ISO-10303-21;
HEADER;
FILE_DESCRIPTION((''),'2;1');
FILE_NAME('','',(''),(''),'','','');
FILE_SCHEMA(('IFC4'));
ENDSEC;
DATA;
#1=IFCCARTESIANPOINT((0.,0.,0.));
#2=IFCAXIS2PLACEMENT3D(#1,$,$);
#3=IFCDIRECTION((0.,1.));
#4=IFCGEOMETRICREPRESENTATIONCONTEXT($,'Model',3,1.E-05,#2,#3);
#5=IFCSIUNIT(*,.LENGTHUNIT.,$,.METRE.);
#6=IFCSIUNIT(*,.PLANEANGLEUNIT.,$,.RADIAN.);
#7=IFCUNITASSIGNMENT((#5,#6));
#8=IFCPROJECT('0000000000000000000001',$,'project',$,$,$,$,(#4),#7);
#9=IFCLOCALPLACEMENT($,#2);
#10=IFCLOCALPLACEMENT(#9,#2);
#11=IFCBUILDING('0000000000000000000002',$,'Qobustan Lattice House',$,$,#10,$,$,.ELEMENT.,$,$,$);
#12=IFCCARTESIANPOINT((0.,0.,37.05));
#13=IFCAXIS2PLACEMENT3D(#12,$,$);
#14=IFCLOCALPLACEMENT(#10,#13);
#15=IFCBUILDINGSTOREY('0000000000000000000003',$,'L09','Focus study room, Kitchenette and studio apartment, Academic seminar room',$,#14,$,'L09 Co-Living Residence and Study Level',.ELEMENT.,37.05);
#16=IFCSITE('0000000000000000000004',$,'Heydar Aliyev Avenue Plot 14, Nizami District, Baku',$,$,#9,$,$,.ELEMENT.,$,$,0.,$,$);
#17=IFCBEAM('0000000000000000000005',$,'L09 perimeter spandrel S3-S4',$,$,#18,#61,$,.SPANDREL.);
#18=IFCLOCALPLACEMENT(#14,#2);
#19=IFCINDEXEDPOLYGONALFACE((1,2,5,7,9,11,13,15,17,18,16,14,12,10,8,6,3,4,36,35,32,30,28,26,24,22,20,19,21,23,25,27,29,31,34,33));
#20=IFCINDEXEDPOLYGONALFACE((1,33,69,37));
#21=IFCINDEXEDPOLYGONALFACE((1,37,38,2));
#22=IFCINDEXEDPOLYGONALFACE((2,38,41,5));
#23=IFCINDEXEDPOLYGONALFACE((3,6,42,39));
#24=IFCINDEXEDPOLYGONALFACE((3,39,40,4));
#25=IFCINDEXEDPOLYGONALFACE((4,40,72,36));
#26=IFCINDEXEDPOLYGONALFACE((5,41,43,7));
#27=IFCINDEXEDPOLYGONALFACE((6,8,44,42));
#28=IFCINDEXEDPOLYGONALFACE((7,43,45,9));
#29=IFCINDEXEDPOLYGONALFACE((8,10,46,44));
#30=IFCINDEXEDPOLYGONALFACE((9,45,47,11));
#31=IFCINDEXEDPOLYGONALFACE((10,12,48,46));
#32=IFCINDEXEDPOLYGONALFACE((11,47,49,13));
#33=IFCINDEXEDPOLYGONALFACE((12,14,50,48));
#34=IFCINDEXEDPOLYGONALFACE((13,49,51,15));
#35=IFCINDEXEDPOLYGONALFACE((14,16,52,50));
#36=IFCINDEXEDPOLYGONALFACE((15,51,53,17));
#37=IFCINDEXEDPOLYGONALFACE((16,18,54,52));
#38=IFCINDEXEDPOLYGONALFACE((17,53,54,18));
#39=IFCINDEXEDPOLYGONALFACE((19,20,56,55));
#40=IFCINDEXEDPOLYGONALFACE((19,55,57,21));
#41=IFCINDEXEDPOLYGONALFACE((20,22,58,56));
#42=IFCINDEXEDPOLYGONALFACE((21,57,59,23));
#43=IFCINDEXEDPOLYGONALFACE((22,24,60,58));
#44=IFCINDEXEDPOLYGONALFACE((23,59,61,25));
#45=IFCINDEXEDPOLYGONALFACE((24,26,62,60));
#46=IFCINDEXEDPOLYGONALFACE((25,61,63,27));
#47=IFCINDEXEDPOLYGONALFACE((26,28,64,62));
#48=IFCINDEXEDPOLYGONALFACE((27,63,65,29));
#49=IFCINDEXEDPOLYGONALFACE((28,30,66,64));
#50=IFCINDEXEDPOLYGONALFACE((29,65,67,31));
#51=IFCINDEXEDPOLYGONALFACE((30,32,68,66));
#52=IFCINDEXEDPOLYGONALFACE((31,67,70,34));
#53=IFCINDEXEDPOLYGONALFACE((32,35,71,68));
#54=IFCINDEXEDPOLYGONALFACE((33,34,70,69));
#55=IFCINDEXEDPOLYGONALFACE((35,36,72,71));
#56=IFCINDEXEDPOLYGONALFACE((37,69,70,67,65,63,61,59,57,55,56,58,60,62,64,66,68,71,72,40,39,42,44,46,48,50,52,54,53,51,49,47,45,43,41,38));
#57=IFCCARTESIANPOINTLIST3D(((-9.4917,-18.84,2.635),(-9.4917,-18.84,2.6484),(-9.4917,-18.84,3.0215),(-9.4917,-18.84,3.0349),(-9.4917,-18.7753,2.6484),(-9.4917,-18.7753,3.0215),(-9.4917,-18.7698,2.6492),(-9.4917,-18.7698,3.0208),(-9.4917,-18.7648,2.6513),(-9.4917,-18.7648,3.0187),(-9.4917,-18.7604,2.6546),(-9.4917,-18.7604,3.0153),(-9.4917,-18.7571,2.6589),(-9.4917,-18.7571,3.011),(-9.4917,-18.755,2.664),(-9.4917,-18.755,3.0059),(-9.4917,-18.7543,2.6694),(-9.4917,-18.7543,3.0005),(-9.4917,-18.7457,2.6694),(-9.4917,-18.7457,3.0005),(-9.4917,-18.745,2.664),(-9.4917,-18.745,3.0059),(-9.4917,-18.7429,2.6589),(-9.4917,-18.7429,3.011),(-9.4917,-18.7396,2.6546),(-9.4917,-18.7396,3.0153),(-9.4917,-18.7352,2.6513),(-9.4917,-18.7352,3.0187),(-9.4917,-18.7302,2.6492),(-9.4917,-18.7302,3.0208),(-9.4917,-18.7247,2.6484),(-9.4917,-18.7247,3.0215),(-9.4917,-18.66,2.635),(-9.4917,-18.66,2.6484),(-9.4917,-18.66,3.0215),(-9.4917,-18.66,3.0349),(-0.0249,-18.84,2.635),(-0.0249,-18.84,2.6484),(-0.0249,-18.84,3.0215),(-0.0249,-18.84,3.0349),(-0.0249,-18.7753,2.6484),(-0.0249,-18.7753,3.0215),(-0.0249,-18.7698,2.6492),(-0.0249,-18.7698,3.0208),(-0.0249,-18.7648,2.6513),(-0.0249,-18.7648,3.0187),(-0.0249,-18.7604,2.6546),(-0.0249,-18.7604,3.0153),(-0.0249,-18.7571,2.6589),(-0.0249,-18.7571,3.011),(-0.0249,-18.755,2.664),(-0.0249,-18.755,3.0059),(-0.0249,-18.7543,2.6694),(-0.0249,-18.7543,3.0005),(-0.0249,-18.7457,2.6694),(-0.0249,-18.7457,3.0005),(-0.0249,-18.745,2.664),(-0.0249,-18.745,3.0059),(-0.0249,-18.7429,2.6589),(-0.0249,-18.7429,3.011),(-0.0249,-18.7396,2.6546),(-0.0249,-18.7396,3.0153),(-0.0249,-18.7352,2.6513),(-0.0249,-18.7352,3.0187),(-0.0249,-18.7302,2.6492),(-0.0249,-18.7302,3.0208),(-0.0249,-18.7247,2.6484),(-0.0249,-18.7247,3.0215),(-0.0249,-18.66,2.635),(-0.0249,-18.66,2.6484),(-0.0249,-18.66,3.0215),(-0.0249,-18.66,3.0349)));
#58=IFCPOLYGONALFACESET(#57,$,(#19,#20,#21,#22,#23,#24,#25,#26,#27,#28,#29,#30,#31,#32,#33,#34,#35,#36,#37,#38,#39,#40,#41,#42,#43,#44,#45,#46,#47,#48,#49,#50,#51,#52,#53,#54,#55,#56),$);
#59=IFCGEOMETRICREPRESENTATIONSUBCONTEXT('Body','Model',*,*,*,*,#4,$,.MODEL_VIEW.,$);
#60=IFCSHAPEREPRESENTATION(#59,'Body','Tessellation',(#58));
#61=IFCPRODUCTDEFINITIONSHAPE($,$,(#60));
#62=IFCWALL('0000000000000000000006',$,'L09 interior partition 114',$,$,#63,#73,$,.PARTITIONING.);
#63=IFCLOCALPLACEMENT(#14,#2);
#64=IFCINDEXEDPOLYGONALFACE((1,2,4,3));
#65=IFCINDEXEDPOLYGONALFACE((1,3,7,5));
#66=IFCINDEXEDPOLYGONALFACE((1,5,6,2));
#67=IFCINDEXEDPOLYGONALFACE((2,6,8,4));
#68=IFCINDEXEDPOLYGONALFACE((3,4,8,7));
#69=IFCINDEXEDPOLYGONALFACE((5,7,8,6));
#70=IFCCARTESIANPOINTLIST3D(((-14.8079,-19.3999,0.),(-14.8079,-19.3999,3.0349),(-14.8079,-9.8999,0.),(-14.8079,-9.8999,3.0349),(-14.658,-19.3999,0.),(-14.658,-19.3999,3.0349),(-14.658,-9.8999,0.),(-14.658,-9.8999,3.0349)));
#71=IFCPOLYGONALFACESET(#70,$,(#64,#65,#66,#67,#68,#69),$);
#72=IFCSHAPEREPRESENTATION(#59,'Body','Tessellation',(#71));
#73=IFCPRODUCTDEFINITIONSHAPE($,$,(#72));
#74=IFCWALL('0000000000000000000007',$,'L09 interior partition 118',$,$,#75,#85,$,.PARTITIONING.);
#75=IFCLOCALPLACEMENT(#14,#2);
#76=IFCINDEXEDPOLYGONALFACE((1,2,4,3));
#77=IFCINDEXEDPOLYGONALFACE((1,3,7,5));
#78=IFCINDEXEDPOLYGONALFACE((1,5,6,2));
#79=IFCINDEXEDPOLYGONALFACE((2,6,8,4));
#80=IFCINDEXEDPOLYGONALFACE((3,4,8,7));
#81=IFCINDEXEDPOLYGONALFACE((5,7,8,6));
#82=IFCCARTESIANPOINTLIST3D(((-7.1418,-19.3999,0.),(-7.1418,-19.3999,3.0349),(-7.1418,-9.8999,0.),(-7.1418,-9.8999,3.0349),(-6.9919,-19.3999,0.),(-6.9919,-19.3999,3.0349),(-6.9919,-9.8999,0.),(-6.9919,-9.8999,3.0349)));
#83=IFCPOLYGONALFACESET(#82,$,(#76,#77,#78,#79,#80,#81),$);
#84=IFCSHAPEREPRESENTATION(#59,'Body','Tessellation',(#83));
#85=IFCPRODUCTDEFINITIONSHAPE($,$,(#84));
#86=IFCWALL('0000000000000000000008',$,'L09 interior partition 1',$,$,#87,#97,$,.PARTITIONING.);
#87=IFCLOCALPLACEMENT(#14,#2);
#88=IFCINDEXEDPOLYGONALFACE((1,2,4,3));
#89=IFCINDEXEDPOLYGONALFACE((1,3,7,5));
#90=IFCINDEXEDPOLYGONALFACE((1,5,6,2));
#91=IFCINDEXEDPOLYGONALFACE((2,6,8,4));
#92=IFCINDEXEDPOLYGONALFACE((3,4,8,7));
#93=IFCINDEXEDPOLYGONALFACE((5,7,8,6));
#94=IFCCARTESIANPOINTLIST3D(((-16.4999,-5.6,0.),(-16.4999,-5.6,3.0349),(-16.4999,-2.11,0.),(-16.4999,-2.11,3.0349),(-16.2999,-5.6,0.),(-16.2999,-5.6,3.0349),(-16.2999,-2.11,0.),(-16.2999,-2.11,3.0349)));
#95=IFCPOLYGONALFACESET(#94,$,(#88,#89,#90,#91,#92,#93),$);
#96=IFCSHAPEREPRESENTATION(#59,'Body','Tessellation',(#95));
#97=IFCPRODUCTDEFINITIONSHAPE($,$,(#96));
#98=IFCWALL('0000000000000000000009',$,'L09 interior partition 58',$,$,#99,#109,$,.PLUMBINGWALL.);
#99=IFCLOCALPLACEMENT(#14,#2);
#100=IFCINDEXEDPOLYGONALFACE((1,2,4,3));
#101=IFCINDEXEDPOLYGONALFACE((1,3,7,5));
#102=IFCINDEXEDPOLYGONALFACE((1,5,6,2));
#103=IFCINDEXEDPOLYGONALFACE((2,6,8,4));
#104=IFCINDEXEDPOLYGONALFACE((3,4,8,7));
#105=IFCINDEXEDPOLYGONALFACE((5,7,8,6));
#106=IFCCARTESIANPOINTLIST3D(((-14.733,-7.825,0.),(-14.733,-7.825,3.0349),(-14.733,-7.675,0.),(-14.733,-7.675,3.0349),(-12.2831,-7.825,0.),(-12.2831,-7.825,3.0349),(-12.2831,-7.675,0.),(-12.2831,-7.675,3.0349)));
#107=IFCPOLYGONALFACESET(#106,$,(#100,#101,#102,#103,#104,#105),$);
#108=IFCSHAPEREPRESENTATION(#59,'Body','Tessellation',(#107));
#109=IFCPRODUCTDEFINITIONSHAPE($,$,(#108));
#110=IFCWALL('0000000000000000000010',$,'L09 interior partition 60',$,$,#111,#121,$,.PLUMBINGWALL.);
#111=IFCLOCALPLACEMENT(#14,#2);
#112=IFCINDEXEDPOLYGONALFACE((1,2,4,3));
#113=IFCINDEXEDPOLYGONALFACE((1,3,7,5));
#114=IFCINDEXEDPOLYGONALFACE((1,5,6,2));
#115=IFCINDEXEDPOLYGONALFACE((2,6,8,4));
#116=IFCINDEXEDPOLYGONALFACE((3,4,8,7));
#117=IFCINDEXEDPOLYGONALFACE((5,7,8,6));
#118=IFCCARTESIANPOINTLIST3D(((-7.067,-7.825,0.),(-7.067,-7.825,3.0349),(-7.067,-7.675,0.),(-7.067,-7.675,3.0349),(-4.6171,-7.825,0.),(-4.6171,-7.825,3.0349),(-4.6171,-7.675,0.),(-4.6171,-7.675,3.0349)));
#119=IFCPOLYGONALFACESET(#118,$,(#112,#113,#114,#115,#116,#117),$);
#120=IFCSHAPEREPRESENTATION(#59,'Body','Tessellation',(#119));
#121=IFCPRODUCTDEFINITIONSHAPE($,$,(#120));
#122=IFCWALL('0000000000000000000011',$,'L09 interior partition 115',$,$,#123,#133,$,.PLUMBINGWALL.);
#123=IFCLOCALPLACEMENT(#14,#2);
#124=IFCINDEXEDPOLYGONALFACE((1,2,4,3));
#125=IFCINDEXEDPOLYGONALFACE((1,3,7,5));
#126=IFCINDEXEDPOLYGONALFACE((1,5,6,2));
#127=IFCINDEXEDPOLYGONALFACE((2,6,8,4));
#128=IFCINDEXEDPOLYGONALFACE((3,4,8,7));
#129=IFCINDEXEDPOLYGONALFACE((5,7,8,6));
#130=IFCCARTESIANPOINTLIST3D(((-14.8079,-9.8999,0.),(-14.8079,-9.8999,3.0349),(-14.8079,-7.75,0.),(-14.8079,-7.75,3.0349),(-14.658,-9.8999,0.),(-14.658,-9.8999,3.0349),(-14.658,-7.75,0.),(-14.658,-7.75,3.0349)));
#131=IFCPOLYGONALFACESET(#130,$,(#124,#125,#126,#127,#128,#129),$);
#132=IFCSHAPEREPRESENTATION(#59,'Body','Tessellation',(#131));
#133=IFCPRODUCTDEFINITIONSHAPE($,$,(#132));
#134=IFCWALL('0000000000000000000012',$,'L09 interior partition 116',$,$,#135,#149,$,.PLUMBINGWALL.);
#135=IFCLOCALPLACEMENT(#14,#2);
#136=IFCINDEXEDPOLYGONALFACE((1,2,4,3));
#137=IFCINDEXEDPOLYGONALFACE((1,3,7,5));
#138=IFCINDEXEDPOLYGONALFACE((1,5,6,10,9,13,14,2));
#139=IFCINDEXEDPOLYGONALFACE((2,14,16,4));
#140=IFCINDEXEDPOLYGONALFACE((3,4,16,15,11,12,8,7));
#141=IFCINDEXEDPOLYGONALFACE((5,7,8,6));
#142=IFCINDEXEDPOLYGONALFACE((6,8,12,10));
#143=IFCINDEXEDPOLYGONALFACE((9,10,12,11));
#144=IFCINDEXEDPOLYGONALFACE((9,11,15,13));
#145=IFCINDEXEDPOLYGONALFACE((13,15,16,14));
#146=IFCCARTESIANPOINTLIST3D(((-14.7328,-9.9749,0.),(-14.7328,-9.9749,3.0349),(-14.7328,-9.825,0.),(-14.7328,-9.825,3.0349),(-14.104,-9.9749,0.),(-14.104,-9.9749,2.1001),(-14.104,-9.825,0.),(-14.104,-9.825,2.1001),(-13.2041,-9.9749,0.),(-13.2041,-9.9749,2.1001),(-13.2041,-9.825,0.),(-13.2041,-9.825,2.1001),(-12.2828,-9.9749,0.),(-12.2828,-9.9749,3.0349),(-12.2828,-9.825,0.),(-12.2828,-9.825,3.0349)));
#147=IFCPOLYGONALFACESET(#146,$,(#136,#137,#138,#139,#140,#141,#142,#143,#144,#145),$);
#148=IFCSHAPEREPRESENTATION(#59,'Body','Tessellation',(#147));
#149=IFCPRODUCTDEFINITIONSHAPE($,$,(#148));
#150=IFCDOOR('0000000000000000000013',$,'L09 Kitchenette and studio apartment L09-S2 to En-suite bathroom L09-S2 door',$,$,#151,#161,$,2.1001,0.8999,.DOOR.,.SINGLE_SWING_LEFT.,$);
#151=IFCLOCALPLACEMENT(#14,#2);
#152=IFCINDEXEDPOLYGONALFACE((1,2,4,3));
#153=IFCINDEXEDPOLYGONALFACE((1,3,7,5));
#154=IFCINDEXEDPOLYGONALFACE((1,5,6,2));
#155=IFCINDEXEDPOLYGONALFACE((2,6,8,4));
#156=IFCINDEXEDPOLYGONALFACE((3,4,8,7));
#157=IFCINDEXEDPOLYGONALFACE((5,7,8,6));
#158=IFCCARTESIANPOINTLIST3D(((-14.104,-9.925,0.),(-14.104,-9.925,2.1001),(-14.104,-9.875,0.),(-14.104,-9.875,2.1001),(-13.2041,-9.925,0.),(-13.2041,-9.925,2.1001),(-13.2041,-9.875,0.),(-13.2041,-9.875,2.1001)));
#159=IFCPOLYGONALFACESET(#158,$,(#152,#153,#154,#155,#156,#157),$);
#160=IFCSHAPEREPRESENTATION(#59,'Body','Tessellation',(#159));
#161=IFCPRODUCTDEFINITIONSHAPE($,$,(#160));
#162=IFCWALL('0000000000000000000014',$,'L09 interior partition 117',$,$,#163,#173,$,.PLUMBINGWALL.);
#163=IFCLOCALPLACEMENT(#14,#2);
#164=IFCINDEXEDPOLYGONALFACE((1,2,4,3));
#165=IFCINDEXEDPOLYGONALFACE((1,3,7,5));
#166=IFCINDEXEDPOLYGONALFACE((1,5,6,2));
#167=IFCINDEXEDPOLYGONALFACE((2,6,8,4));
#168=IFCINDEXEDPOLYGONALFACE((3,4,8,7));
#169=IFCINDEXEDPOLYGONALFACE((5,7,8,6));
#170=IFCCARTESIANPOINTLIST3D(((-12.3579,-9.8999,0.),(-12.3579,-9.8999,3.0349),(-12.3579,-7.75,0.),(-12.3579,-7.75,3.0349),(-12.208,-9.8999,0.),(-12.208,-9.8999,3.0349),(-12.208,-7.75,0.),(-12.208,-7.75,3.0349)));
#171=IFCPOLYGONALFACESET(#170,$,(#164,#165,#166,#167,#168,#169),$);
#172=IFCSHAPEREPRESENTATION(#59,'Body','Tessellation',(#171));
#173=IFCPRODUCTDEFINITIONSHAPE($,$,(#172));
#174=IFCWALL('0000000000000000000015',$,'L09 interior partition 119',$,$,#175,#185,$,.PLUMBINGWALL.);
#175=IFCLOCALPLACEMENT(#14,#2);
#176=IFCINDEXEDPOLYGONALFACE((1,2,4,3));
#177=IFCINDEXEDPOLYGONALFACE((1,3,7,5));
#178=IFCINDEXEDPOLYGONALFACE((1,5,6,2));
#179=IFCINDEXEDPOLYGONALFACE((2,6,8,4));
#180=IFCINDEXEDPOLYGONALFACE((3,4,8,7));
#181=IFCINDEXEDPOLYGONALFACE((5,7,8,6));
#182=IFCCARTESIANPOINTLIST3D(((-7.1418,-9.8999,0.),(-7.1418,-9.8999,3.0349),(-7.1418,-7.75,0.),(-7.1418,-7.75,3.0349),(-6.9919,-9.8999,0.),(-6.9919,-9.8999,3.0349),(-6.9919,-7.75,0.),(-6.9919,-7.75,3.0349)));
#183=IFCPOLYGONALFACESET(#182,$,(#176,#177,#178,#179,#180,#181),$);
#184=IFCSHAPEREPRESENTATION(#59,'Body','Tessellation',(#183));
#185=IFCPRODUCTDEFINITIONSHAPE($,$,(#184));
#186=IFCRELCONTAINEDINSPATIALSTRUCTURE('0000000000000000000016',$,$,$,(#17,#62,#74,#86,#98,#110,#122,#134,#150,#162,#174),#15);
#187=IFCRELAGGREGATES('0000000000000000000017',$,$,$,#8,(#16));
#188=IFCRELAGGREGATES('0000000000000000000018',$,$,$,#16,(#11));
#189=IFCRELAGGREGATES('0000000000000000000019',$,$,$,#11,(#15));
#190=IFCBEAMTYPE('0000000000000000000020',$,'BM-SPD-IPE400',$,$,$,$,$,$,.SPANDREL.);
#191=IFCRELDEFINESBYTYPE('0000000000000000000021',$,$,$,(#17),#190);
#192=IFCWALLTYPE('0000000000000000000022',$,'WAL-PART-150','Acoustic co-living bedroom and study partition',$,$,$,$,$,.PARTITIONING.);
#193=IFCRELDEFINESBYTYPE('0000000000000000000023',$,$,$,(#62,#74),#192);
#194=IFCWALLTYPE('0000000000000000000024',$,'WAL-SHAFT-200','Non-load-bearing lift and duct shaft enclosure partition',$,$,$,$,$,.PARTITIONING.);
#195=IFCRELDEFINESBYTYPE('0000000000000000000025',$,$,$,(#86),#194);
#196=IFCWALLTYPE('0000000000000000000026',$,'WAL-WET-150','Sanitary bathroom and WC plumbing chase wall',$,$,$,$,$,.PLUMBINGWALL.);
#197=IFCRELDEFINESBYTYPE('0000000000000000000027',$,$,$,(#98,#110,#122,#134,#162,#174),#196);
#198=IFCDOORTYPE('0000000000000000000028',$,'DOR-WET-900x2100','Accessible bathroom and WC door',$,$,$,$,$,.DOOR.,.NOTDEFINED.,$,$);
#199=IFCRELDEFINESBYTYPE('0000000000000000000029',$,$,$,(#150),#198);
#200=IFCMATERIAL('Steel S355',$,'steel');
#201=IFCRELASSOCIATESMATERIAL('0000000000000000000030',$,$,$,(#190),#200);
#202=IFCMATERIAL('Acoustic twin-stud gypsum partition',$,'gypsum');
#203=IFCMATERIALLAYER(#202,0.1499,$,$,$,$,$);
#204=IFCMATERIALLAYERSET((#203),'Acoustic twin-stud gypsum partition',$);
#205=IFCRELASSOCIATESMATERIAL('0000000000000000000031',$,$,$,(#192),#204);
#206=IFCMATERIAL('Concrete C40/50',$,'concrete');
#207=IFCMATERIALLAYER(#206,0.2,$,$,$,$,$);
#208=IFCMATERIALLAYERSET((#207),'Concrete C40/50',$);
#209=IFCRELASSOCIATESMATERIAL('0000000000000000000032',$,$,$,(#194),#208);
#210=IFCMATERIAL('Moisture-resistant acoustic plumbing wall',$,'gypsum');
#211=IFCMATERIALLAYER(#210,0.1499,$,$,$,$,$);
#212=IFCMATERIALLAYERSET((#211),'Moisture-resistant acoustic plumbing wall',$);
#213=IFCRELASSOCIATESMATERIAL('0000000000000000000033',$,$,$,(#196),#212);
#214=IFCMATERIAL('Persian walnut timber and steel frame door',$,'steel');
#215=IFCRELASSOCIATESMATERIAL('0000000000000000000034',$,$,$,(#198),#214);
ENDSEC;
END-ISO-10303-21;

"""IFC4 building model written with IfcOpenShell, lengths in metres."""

from ifc_helpers import new_model, si_unit, direction, frame, frame_2d, origin, origin_2d, place, context, subcontext, project, spatial, rectangle, i_section, extrude, material, layer, layer_set, material_profile, profile_set, type_object, element, fill, save


model = new_model("IFC4")

# Units and contexts
model_context = context("Model", 3, precision=1e-05, world=origin(), true_north=direction((0.0, 1.0)))
body_context = subcontext(model_context, "Body", "Model", "MODEL_VIEW")
ifc_project = project(units=[si_unit("LENGTHUNIT", "METRE"), si_unit("PLANEANGLEUNIT", "RADIAN")], contexts=[model_context])

# Site, building, storey
site_placement = place(None, origin())
site = spatial("IfcSite", under=ifc_project, at=site_placement, Name="Heydar Aliyev Avenue Plot 14, Nizami District, Baku", CompositionType="ELEMENT", RefElevation=0.0)
building_placement = place(site_placement, origin())
building = spatial("IfcBuilding", under=site, at=building_placement, Name="Qobustan Lattice House", CompositionType="ELEMENT")
storey_placement = place(building_placement, frame((0.0, 0.0, 37.05)))
storey = spatial("IfcBuildingStorey", under=building, at=storey_placement, Name="L09", Description="Focus study room, Kitchenette and studio apartment, Academic seminar room", LongName="L09 Co-Living Residence and Study Level", CompositionType="ELEMENT", Elevation=37.05)

# Beam
ifc_material_1 = material(Name="Steel S355", Category="steel")
ifc_material_profile_1 = material_profile(ifc_material_1, i_section(OverallWidth=0.1799, OverallDepth=0.3999, WebThickness=0.0085, FlangeThickness=0.0134, FilletRadius=0.021, at=origin_2d()), Name="IPE400")
ifc_profile_set_1 = profile_set([ifc_material_profile_1], Name="Steel S355")
beam_type_1 = type_object("IfcBeamType", Name="BM-SPD-IPE400", PredefinedType="SPANDREL", material=ifc_profile_set_1)
beam_1_placement = place(storey_placement, frame((-9.4917, -18.75, 2.835), z_axis=(1.0, 0.0, 0.0), x_axis=(0.0, 1.0, 0.0)))
element("IfcBeam", 1, at=beam_1_placement, inside=storey, type_object=beam_type_1, Name="L09 perimeter spandrel S3-S4", PredefinedType="SPANDREL", context=body_context, shape_type="SweptSolid", body=[
    extrude(i_section(OverallWidth=0.1799, OverallDepth=0.3999, WebThickness=0.0085, FlangeThickness=0.0134, FilletRadius=0.021, at=origin_2d()), origin(), (0.0, 0.0, 1.0), 9.4668),
])

# Shared definitions
ifc_material_2 = material(Name="Acoustic twin-stud gypsum partition", Category="gypsum")
ifc_layer_1 = layer(ifc_material_2, 0.1499)
ifc_layer_set_1 = layer_set([ifc_layer_1], Name="Acoustic twin-stud gypsum partition")
wall_type_1 = type_object("IfcWallType", Name="WAL-PART-150", Description="Acoustic co-living bedroom and study partition", PredefinedType="PARTITIONING", material=ifc_layer_set_1)

# Walls
for number, where, z_axis, x_axis, name in (
    (2, (-14.7329, -9.8999, 0.0), (0.0, 0.0, 1.0), (0.0, -1.0, 0.0), "L09 interior partition 114"),
    (3, (-7.0669, -9.8999, 0.0), (0.0, 0.0, 1.0), (0.0, -1.0, 0.0), "L09 interior partition 118"),
):
    element("IfcWall", number, at=place(storey_placement, frame(where, z_axis=z_axis, x_axis=x_axis)), inside=storey, type_object=wall_type_1, Name=name, PredefinedType="PARTITIONING", context=body_context, shape_type="SweptSolid", body=[
        extrude(rectangle(XDim=9.5, YDim=0.1499, at=frame_2d((4.75, 0.0))), origin(), (0.0, 0.0, 1.0), 3.0349),
    ])
ifc_material_3 = material(Name="Concrete C40/50", Category="concrete")
ifc_layer_2 = layer(ifc_material_3, 0.2)
ifc_layer_set_2 = layer_set([ifc_layer_2], Name="Concrete C40/50")
wall_type_2 = type_object("IfcWallType", Name="WAL-SHAFT-200", Description="Non-load-bearing lift and duct shaft enclosure partition", PredefinedType="PARTITIONING", material=ifc_layer_set_2)
wall_1_placement = place(storey_placement, frame((-16.3999, -5.6001, 0.0), z_axis=(0.0, 0.0, 1.0), x_axis=(0.0, 1.0, 0.0)))
element("IfcWall", 4, at=wall_1_placement, inside=storey, type_object=wall_type_2, Name="L09 interior partition 1", PredefinedType="PARTITIONING", context=body_context, shape_type="SweptSolid", body=[
    extrude(rectangle(XDim=3.49, YDim=0.2, at=frame_2d((1.7451, 0.0))), origin(), (0.0, 0.0, 1.0), 3.0349),
])
ifc_material_4 = material(Name="Moisture-resistant acoustic plumbing wall", Category="gypsum")
ifc_layer_3 = layer(ifc_material_4, 0.1499)
ifc_layer_set_3 = layer_set([ifc_layer_3], Name="Moisture-resistant acoustic plumbing wall")
wall_type_3 = type_object("IfcWallType", Name="WAL-WET-150", Description="Sanitary bathroom and WC plumbing chase wall", PredefinedType="PLUMBINGWALL", material=ifc_layer_set_3)
for number, where, z_axis, x_axis, name in (
    (5, (-12.283, -7.75, 0.0), (0.0, 0.0, 1.0), (-1.0, 0.0, 0.0), "L09 interior partition 58"),
    (6, (-4.6169, -7.75, 0.0), (0.0, 0.0, 1.0), (-1.0, 0.0, 0.0), "L09 interior partition 60"),
):
    element("IfcWall", number, at=place(storey_placement, frame(where, z_axis=z_axis, x_axis=x_axis)), inside=storey, type_object=wall_type_3, Name=name, PredefinedType="PLUMBINGWALL", context=body_context, shape_type="SweptSolid", body=[
        extrude(rectangle(XDim=2.45, YDim=0.1499, at=frame_2d((1.2251, 0.0))), origin(), (0.0, 0.0, 1.0), 3.0349),
    ])
wall_2_placement = place(storey_placement, frame((-14.7329, -7.75, 0.0), z_axis=(0.0, 0.0, 1.0), x_axis=(0.0, -1.0, 0.0)))
element("IfcWall", 7, at=wall_2_placement, inside=storey, type_object=wall_type_3, Name="L09 interior partition 115", PredefinedType="PLUMBINGWALL", context=body_context, shape_type="SweptSolid", body=[
    extrude(rectangle(XDim=2.1499, YDim=0.1499, at=frame_2d((1.075, 0.0))), origin(), (0.0, 0.0, 1.0), 3.0349),
])

# Wall, opening, door
wall_3_placement = place(storey_placement, frame((-14.7329, -9.8999, 0.0), z_axis=(0.0, 0.0, 1.0), x_axis=(1.0, 0.0, 0.0)))
wall_3 = element("IfcWall", 8, at=wall_3_placement, inside=storey, type_object=wall_type_3, Name="L09 interior partition 116", PredefinedType="PLUMBINGWALL", context=body_context, shape_type="SweptSolid", body=[
    extrude(rectangle(XDim=2.45, YDim=0.1499, at=frame_2d((1.2251, 0.0))), origin(), (0.0, 0.0, 1.0), 3.0349),
])
opening_1_placement = place(wall_3_placement, frame((0.6289, 0.0, 0.0)))
opening_1 = element("IfcOpeningElement", 9, at=opening_1_placement, cuts=wall_3, PredefinedType="OPENING", context=body_context, shape_type="SweptSolid", body=[
    extrude(rectangle(XDim=0.8999, YDim=2.1001, at=frame_2d((0.45, 1.05))), frame((0.0, 0.085, 0.0), z_axis=(0.0, -1.0, 0.0), x_axis=(1.0, 0.0, 0.0)), (0.0, 0.0, 1.0), 0.1699),
])
ifc_material_5 = material(Name="Persian walnut timber and steel frame door", Category="steel")
door_type_1 = type_object("IfcDoorType", Name="DOR-WET-900x2100", Description="Accessible bathroom and WC door", OperationType="NOTDEFINED", PredefinedType="DOOR", material=ifc_material_5)
door_1_placement = place(opening_1_placement, origin())
door_1 = element("IfcDoor", 10, at=door_1_placement, inside=storey, type_object=door_type_1, Name="L09 Kitchenette and studio apartment L09-S2 to En-suite bathroom L09-S2 door", OperationType="SINGLE_SWING_LEFT", OverallHeight=2.1001, OverallWidth=0.8999, PredefinedType="DOOR", context=body_context, shape_type="SweptSolid", body=[
    extrude(rectangle(XDim=0.8999, YDim=2.1001, at=frame_2d((0.45, 1.05))), frame((0.0, 0.0249, 0.0), z_axis=(0.0, -1.0, 0.0), x_axis=(1.0, 0.0, 0.0)), (0.0, 0.0, 1.0), 0.05),
])
fill(opening_1, door_1)

# Walls
for number, where, z_axis, x_axis, name in (
    (11, (-12.283, -9.8999, 0.0), (0.0, 0.0, 1.0), (0.0, 1.0, 0.0), "L09 interior partition 117"),
    (12, (-7.0669, -7.75, 0.0), (0.0, 0.0, 1.0), (0.0, -1.0, 0.0), "L09 interior partition 119"),
):
    element("IfcWall", number, at=place(storey_placement, frame(where, z_axis=z_axis, x_axis=x_axis)), inside=storey, type_object=wall_type_3, Name=name, PredefinedType="PLUMBINGWALL", context=body_context, shape_type="SweptSolid", body=[
        extrude(rectangle(XDim=2.1499, YDim=0.1499, at=frame_2d((1.075, 0.0))), origin(), (0.0, 0.0, 1.0), 3.0349),
    ])

save(model, "model.ifc")
